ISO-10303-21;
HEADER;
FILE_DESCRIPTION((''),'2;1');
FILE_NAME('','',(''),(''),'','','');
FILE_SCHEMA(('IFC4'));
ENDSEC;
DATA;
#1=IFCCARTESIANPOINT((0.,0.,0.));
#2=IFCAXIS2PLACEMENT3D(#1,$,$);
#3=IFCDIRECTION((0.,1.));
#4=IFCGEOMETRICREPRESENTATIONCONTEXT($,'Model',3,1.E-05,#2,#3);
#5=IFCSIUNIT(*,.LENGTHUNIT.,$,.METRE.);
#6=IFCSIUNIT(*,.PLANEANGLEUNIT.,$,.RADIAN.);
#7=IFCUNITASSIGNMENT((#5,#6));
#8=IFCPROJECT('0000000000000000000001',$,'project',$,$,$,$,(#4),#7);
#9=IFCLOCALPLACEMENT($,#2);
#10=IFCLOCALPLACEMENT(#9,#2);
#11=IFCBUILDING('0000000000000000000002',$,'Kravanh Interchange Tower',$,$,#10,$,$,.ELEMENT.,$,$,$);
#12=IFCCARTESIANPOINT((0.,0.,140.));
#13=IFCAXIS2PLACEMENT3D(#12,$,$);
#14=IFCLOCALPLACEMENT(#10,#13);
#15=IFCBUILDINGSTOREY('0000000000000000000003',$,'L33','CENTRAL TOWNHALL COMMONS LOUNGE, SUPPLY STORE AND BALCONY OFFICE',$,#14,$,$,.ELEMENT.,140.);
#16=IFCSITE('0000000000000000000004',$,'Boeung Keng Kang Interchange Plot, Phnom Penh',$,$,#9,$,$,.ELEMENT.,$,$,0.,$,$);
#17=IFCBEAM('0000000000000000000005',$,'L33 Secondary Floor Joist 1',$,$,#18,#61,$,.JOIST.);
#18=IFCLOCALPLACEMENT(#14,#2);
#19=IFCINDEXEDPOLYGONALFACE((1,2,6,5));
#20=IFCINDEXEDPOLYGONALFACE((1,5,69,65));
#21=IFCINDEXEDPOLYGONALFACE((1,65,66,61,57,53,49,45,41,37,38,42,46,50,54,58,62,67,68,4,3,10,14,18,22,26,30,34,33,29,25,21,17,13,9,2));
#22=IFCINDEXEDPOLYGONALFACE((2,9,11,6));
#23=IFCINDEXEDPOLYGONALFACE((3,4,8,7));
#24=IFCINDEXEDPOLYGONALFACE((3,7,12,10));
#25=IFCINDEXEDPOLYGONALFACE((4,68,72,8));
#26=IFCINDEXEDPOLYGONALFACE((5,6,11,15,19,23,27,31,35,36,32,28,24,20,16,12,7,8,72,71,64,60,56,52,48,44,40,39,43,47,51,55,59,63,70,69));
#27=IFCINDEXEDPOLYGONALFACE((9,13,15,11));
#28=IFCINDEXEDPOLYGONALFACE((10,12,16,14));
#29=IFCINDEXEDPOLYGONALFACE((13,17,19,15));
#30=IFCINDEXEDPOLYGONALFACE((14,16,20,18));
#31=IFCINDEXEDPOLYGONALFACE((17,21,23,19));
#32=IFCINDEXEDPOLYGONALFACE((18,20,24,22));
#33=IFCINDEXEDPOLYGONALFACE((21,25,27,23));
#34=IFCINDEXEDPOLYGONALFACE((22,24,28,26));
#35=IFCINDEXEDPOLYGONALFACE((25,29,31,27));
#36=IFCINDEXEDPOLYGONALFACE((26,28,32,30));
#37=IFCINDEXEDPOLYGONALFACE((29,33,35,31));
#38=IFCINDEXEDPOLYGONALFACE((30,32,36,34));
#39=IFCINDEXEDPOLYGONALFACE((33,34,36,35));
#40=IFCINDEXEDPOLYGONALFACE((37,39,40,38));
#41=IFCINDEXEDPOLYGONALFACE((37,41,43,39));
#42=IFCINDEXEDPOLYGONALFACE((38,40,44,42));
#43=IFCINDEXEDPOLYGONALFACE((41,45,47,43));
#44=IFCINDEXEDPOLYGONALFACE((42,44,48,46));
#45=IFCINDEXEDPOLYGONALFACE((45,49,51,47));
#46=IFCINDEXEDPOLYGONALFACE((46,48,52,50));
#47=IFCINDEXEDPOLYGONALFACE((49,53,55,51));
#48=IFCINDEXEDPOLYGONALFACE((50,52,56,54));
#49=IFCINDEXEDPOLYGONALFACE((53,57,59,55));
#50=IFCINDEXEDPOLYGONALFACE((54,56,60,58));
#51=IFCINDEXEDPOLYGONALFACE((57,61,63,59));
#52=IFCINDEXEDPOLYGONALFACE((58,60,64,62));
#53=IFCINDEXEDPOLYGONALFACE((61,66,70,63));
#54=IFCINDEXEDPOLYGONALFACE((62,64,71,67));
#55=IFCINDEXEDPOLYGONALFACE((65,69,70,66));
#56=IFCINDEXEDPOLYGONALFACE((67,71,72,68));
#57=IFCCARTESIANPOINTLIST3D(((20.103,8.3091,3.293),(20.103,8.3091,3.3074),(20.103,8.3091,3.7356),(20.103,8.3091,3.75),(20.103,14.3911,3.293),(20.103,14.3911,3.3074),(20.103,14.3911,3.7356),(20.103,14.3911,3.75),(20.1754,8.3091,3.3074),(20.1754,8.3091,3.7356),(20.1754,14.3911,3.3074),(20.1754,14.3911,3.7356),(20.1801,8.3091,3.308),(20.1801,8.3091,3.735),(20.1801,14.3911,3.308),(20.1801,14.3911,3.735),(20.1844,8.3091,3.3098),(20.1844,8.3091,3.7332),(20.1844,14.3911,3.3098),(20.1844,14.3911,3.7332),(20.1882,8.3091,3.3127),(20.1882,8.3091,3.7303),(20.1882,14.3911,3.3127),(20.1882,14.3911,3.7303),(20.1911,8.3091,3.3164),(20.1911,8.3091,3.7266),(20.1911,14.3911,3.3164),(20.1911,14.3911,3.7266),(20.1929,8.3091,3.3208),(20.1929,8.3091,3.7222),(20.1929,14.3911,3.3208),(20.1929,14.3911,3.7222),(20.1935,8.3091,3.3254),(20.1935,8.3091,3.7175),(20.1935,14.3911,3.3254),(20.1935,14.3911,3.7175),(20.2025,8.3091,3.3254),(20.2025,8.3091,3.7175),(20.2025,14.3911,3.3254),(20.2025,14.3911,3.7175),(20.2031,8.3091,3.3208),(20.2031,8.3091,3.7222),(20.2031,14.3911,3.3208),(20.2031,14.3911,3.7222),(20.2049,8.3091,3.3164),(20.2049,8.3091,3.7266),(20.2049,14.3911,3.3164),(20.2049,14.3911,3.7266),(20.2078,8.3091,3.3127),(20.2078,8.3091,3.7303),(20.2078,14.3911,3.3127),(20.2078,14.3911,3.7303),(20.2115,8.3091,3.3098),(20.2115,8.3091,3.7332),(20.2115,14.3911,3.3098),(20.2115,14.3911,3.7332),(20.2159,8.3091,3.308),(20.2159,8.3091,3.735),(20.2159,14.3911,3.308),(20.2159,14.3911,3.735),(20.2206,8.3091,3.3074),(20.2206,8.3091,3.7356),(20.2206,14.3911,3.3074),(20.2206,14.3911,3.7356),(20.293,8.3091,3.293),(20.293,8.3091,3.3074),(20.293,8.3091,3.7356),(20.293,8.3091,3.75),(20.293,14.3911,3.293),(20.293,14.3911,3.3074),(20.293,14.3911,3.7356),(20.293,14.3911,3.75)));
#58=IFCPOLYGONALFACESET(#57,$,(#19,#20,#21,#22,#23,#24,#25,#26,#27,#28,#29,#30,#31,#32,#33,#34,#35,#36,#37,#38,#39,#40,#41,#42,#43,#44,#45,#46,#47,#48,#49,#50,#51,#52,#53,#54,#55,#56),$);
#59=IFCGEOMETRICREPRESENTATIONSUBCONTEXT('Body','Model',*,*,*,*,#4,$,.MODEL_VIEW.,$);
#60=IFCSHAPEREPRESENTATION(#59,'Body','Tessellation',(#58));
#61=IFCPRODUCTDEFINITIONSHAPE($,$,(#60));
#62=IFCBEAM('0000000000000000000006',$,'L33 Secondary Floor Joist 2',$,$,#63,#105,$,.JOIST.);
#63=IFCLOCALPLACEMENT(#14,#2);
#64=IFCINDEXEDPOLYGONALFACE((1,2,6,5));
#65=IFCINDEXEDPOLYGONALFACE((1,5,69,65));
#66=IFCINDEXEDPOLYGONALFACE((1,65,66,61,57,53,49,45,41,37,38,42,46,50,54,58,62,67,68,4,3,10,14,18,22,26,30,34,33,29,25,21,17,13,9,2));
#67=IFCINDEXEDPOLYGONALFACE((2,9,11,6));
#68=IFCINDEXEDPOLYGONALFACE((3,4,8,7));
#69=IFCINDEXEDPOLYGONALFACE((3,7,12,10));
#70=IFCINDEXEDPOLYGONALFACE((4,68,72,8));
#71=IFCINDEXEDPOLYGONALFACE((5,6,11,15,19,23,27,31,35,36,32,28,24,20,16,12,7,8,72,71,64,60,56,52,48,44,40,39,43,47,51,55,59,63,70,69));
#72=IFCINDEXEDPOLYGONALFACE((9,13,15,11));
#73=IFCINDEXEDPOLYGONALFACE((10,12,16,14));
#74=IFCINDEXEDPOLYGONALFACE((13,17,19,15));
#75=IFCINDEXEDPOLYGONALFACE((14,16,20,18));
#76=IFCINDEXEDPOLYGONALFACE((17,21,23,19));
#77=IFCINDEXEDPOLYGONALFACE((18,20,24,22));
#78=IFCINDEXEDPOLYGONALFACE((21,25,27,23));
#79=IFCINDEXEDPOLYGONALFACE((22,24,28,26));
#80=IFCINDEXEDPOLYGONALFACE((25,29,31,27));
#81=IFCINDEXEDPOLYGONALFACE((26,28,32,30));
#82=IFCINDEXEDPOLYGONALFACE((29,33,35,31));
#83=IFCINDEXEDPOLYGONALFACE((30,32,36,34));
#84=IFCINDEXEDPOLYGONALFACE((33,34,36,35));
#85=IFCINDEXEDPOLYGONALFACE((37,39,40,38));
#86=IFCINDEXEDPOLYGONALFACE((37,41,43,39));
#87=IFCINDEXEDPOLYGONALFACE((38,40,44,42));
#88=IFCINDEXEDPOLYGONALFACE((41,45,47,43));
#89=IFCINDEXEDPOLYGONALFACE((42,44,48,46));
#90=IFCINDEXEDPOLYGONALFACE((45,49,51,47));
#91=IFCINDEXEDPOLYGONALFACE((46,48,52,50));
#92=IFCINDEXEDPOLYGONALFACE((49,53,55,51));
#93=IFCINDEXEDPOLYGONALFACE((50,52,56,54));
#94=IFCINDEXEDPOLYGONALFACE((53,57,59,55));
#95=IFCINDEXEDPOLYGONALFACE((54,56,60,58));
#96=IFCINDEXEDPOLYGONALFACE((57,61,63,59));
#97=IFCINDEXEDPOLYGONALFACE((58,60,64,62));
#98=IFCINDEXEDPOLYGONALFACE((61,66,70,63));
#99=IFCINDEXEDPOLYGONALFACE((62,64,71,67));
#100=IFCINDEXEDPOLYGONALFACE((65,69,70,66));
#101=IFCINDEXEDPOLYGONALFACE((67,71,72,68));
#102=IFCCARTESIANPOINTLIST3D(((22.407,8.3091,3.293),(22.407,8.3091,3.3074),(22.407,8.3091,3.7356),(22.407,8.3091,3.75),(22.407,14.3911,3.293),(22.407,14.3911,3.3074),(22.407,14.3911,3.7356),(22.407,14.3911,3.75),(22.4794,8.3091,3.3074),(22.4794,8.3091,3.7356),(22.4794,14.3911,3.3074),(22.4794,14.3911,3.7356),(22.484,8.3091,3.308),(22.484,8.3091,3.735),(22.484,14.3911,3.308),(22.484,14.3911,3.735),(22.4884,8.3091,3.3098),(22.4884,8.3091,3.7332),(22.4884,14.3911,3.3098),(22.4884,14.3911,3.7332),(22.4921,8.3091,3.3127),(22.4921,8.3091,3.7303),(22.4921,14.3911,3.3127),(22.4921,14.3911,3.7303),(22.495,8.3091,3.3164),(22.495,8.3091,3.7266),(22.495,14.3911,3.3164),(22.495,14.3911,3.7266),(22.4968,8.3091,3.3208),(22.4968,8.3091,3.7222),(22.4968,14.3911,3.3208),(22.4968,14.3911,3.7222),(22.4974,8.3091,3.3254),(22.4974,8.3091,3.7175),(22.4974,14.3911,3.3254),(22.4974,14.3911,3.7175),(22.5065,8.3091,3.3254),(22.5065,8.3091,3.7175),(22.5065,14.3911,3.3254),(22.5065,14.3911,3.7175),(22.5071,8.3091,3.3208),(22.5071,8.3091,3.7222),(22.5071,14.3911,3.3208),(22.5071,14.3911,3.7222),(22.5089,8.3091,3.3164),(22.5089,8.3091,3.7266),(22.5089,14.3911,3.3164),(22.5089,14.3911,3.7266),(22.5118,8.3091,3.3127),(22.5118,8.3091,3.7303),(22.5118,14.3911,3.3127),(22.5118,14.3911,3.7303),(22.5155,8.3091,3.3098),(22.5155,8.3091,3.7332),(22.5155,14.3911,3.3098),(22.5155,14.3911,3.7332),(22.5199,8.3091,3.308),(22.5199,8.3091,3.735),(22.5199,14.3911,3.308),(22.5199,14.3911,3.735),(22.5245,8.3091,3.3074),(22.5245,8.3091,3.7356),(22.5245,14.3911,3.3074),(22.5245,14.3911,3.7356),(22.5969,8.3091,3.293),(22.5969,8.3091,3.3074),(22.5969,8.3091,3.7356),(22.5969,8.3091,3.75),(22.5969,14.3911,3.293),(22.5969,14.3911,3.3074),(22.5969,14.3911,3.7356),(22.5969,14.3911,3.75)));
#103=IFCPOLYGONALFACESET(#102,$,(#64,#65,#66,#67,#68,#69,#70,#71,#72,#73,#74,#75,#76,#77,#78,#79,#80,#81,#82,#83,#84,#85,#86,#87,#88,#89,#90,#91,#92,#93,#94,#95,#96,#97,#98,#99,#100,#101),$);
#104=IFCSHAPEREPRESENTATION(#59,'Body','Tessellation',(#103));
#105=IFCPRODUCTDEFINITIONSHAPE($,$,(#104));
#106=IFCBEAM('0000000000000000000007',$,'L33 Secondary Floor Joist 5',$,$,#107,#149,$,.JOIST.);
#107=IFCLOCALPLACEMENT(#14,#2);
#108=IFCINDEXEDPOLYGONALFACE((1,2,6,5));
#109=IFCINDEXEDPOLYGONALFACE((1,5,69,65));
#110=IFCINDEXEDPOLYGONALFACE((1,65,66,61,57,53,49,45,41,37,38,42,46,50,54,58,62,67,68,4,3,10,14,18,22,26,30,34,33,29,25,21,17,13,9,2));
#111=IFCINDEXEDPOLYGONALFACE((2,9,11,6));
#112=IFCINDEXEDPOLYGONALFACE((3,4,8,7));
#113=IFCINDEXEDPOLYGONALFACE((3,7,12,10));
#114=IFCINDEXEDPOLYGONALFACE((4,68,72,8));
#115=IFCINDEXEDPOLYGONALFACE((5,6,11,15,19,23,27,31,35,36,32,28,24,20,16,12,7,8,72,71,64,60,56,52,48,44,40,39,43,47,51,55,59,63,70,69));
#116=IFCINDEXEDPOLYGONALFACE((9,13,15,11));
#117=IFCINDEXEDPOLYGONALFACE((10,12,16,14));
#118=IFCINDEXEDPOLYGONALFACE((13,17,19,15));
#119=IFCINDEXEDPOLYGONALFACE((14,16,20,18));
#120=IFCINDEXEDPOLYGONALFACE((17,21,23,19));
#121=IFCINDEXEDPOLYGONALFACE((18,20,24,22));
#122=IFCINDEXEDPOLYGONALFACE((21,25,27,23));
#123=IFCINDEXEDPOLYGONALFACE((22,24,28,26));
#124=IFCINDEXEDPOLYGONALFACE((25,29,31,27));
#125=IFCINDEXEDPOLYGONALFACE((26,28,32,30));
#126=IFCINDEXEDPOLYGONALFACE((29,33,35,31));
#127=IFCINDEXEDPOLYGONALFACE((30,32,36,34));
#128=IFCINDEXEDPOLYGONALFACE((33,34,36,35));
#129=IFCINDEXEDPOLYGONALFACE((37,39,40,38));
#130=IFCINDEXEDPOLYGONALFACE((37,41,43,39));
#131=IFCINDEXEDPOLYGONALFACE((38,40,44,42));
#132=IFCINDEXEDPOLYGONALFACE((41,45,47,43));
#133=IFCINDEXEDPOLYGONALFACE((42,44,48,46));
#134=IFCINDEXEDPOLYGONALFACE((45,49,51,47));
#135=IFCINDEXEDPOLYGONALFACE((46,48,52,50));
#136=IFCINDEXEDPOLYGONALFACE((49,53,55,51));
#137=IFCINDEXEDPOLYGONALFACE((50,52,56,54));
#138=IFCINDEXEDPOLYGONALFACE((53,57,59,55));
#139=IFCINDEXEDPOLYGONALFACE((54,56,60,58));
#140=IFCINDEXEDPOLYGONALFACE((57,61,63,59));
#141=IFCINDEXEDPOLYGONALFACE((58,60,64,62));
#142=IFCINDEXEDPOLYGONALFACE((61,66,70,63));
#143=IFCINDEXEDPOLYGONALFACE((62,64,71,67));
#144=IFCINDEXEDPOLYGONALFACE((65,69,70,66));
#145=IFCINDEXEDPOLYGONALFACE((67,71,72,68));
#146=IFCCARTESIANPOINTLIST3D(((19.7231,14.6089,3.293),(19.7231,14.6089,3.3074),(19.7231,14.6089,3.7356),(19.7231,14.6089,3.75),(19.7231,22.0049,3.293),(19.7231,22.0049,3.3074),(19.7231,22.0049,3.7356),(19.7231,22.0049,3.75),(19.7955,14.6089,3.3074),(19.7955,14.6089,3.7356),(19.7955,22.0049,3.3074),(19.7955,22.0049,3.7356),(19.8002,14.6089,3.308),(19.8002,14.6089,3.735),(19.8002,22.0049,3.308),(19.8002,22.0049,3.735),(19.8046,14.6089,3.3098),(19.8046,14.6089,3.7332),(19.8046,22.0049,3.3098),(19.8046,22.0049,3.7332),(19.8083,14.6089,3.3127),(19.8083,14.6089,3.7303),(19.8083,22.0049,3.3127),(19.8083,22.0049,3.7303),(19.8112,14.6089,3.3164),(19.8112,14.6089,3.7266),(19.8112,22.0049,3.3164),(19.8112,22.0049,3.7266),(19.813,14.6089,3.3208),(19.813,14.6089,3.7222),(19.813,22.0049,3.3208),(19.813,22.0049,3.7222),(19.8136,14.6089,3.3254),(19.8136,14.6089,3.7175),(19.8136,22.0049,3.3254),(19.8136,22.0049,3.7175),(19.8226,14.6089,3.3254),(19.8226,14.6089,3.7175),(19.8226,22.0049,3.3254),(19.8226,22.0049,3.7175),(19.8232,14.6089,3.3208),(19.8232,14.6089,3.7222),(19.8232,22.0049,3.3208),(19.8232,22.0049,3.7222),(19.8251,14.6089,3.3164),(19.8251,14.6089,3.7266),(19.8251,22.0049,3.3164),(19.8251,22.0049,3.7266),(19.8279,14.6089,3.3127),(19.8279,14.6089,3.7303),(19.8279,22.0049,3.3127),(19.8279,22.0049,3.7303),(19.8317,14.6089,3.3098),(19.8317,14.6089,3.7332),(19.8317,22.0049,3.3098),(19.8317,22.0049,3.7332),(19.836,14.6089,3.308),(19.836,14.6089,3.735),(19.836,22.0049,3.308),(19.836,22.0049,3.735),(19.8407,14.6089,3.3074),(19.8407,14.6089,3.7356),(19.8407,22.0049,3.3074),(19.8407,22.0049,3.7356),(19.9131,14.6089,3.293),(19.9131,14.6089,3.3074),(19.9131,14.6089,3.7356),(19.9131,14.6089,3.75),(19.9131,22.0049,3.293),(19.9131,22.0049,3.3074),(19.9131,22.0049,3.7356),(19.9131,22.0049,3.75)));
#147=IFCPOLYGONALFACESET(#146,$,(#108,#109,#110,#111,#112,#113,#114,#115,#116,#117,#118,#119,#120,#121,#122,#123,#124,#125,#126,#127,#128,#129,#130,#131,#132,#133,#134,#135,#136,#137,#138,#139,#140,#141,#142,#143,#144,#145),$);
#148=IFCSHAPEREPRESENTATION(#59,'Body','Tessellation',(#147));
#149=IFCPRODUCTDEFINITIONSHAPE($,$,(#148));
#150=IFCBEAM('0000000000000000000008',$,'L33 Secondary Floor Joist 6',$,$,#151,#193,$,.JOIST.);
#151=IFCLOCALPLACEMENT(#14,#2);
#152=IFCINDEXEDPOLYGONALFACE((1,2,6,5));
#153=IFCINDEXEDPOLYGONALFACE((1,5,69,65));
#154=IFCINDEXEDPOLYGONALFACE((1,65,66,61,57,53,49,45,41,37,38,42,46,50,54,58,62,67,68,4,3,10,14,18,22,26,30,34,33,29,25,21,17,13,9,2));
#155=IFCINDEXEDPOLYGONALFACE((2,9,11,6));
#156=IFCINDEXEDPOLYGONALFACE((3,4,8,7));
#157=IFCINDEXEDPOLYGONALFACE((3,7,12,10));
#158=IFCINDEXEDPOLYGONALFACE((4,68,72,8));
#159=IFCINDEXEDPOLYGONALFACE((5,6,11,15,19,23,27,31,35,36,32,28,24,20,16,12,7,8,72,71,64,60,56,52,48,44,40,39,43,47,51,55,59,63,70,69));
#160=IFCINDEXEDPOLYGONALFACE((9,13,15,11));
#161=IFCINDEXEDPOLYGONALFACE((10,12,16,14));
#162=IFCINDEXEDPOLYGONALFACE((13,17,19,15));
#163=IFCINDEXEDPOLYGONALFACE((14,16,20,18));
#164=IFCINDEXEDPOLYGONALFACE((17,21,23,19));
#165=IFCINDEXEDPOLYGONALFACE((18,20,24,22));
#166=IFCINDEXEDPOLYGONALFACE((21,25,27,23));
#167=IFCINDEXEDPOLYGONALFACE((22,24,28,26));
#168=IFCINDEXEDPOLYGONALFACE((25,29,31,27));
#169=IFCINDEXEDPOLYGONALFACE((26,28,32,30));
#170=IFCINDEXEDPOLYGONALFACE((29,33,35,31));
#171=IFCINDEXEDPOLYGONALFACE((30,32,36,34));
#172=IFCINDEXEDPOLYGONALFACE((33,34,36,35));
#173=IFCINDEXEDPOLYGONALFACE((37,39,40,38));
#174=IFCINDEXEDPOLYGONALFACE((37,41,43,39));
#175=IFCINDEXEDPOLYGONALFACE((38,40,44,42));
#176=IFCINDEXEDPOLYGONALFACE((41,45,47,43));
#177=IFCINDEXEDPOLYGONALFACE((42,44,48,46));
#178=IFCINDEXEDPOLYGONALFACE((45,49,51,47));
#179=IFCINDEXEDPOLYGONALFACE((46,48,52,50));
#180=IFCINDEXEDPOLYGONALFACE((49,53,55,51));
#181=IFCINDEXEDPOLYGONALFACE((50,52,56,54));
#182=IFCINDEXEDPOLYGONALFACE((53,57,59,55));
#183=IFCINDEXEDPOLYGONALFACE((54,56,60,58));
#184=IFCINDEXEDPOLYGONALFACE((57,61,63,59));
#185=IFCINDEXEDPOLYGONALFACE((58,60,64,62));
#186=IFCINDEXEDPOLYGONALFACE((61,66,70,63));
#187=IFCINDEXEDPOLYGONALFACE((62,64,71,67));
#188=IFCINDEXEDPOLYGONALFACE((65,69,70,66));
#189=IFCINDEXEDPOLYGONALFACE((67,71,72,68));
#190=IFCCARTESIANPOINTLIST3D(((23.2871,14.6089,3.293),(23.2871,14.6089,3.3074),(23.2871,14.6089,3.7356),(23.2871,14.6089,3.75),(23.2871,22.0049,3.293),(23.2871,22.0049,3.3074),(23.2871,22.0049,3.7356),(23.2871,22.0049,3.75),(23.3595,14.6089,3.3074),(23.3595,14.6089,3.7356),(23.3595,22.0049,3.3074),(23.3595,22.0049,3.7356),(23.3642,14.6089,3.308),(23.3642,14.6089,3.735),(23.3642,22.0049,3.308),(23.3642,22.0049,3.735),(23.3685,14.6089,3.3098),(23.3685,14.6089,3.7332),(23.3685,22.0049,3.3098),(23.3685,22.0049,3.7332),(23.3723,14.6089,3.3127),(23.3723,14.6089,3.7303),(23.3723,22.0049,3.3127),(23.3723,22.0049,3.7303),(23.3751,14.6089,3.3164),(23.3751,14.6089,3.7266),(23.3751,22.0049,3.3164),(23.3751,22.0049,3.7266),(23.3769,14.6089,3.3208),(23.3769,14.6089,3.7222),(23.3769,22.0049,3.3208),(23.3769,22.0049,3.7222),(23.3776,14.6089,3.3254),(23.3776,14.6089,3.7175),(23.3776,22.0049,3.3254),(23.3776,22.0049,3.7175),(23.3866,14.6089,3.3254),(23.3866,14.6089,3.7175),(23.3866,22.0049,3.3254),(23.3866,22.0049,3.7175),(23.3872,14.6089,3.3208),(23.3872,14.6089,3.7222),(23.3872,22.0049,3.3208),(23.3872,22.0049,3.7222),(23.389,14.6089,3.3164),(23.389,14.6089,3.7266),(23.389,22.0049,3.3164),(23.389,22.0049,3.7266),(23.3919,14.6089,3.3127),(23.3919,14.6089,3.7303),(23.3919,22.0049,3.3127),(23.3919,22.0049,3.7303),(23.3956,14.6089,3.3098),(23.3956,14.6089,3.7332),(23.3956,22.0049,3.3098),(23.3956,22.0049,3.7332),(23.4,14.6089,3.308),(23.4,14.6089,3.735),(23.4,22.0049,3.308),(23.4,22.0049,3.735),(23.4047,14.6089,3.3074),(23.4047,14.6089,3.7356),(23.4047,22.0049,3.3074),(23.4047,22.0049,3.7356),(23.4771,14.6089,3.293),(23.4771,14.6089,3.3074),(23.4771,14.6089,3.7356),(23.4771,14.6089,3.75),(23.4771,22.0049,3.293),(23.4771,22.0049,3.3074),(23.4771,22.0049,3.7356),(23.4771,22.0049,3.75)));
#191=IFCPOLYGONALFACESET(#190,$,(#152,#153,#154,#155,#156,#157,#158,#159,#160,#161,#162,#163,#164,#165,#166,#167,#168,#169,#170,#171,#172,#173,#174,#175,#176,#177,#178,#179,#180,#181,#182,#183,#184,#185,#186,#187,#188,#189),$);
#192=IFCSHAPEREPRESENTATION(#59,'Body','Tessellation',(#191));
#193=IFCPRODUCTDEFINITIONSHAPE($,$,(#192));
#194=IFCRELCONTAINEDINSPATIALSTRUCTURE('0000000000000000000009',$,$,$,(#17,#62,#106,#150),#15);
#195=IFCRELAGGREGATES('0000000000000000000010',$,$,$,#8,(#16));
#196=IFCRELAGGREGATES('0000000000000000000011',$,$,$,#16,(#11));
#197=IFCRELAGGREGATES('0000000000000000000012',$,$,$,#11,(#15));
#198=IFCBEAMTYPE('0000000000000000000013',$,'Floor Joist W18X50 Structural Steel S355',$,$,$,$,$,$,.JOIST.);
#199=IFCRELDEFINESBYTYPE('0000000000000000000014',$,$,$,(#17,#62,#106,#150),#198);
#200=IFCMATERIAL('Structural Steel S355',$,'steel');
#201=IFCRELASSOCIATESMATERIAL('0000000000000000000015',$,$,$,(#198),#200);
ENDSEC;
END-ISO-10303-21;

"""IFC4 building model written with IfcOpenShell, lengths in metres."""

from ifc_helpers import new_model, si_unit, direction, frame, origin, origin_2d, place, context, subcontext, project, spatial, i_section, extrude, material, material_profile, profile_set, type_object, element, save


model = new_model("IFC4")

# Units and contexts
model_context = context("Model", 3, precision=1e-05, world=origin(), true_north=direction((0.0, 1.0)))
body_context = subcontext(model_context, "Body", "Model", "MODEL_VIEW")
ifc_project = project(units=[si_unit("LENGTHUNIT", "METRE"), si_unit("PLANEANGLEUNIT", "RADIAN")], contexts=[model_context])

# Site, building, storey
site_placement = place(None, origin())
site = spatial("IfcSite", under=ifc_project, at=site_placement, Name="Boeung Keng Kang Interchange Plot, Phnom Penh", CompositionType="ELEMENT", RefElevation=0.0)
building_placement = place(site_placement, origin())
building = spatial("IfcBuilding", under=site, at=building_placement, Name="Kravanh Interchange Tower", CompositionType="ELEMENT")
storey_placement = place(building_placement, frame((0.0, 0.0, 140.0)))
storey = spatial("IfcBuildingStorey", under=building, at=storey_placement, Name="L33", Description="CENTRAL TOWNHALL COMMONS LOUNGE, SUPPLY STORE AND BALCONY OFFICE", CompositionType="ELEMENT", Elevation=140.0)

# Beams
ifc_material_1 = material(Name="Structural Steel S355", Category="steel")
ifc_material_profile_1 = material_profile(ifc_material_1, i_section(OverallWidth=0.1899, OverallDepth=0.457, WebThickness=0.009, FlangeThickness=0.0144, FilletRadius=0.0181, at=origin_2d()), Name="W18X50")
ifc_profile_set_1 = profile_set([ifc_material_profile_1], Name="Structural Steel S355")
beam_type_1 = type_object("IfcBeamType", Name="Floor Joist W18X50 Structural Steel S355", PredefinedType="JOIST", material=ifc_profile_set_1)
for number, where, z_axis, x_axis, name in (
    (1, (20.198, 8.3091, 3.5215), (0.0, 1.0, 0.0), (-1.0, 0.0, 0.0), "L33 Secondary Floor Joist 1"),
    (2, (22.502, 8.3091, 3.5215), (0.0, 1.0, 0.0), (-1.0, 0.0, 0.0), "L33 Secondary Floor Joist 2"),
):
    element("IfcBeam", number, at=place(storey_placement, frame(where, z_axis=z_axis, x_axis=x_axis)), inside=storey, type_object=beam_type_1, Name=name, PredefinedType="JOIST", context=body_context, shape_type="SweptSolid", body=[
        extrude(i_section(OverallWidth=0.1899, OverallDepth=0.457, WebThickness=0.009, FlangeThickness=0.0144, FilletRadius=0.0181, at=origin_2d()), origin(), (0.0, 0.0, 1.0), 6.082),
    ])
for number, where, z_axis, x_axis, name in (
    (3, (19.8181, 14.6089, 3.5215), (0.0, 1.0, 0.0), (-1.0, 0.0, 0.0), "L33 Secondary Floor Joist 5"),
    (4, (23.3821, 14.6089, 3.5215), (0.0, 1.0, 0.0), (-1.0, 0.0, 0.0), "L33 Secondary Floor Joist 6"),
):
    element("IfcBeam", number, at=place(storey_placement, frame(where, z_axis=z_axis, x_axis=x_axis)), inside=storey, type_object=beam_type_1, Name=name, PredefinedType="JOIST", context=body_context, shape_type="SweptSolid", body=[
        extrude(i_section(OverallWidth=0.1899, OverallDepth=0.457, WebThickness=0.009, FlangeThickness=0.0144, FilletRadius=0.0181, at=origin_2d()), origin(), (0.0, 0.0, 1.0), 7.396),
    ])

save(model, "model.ifc")
